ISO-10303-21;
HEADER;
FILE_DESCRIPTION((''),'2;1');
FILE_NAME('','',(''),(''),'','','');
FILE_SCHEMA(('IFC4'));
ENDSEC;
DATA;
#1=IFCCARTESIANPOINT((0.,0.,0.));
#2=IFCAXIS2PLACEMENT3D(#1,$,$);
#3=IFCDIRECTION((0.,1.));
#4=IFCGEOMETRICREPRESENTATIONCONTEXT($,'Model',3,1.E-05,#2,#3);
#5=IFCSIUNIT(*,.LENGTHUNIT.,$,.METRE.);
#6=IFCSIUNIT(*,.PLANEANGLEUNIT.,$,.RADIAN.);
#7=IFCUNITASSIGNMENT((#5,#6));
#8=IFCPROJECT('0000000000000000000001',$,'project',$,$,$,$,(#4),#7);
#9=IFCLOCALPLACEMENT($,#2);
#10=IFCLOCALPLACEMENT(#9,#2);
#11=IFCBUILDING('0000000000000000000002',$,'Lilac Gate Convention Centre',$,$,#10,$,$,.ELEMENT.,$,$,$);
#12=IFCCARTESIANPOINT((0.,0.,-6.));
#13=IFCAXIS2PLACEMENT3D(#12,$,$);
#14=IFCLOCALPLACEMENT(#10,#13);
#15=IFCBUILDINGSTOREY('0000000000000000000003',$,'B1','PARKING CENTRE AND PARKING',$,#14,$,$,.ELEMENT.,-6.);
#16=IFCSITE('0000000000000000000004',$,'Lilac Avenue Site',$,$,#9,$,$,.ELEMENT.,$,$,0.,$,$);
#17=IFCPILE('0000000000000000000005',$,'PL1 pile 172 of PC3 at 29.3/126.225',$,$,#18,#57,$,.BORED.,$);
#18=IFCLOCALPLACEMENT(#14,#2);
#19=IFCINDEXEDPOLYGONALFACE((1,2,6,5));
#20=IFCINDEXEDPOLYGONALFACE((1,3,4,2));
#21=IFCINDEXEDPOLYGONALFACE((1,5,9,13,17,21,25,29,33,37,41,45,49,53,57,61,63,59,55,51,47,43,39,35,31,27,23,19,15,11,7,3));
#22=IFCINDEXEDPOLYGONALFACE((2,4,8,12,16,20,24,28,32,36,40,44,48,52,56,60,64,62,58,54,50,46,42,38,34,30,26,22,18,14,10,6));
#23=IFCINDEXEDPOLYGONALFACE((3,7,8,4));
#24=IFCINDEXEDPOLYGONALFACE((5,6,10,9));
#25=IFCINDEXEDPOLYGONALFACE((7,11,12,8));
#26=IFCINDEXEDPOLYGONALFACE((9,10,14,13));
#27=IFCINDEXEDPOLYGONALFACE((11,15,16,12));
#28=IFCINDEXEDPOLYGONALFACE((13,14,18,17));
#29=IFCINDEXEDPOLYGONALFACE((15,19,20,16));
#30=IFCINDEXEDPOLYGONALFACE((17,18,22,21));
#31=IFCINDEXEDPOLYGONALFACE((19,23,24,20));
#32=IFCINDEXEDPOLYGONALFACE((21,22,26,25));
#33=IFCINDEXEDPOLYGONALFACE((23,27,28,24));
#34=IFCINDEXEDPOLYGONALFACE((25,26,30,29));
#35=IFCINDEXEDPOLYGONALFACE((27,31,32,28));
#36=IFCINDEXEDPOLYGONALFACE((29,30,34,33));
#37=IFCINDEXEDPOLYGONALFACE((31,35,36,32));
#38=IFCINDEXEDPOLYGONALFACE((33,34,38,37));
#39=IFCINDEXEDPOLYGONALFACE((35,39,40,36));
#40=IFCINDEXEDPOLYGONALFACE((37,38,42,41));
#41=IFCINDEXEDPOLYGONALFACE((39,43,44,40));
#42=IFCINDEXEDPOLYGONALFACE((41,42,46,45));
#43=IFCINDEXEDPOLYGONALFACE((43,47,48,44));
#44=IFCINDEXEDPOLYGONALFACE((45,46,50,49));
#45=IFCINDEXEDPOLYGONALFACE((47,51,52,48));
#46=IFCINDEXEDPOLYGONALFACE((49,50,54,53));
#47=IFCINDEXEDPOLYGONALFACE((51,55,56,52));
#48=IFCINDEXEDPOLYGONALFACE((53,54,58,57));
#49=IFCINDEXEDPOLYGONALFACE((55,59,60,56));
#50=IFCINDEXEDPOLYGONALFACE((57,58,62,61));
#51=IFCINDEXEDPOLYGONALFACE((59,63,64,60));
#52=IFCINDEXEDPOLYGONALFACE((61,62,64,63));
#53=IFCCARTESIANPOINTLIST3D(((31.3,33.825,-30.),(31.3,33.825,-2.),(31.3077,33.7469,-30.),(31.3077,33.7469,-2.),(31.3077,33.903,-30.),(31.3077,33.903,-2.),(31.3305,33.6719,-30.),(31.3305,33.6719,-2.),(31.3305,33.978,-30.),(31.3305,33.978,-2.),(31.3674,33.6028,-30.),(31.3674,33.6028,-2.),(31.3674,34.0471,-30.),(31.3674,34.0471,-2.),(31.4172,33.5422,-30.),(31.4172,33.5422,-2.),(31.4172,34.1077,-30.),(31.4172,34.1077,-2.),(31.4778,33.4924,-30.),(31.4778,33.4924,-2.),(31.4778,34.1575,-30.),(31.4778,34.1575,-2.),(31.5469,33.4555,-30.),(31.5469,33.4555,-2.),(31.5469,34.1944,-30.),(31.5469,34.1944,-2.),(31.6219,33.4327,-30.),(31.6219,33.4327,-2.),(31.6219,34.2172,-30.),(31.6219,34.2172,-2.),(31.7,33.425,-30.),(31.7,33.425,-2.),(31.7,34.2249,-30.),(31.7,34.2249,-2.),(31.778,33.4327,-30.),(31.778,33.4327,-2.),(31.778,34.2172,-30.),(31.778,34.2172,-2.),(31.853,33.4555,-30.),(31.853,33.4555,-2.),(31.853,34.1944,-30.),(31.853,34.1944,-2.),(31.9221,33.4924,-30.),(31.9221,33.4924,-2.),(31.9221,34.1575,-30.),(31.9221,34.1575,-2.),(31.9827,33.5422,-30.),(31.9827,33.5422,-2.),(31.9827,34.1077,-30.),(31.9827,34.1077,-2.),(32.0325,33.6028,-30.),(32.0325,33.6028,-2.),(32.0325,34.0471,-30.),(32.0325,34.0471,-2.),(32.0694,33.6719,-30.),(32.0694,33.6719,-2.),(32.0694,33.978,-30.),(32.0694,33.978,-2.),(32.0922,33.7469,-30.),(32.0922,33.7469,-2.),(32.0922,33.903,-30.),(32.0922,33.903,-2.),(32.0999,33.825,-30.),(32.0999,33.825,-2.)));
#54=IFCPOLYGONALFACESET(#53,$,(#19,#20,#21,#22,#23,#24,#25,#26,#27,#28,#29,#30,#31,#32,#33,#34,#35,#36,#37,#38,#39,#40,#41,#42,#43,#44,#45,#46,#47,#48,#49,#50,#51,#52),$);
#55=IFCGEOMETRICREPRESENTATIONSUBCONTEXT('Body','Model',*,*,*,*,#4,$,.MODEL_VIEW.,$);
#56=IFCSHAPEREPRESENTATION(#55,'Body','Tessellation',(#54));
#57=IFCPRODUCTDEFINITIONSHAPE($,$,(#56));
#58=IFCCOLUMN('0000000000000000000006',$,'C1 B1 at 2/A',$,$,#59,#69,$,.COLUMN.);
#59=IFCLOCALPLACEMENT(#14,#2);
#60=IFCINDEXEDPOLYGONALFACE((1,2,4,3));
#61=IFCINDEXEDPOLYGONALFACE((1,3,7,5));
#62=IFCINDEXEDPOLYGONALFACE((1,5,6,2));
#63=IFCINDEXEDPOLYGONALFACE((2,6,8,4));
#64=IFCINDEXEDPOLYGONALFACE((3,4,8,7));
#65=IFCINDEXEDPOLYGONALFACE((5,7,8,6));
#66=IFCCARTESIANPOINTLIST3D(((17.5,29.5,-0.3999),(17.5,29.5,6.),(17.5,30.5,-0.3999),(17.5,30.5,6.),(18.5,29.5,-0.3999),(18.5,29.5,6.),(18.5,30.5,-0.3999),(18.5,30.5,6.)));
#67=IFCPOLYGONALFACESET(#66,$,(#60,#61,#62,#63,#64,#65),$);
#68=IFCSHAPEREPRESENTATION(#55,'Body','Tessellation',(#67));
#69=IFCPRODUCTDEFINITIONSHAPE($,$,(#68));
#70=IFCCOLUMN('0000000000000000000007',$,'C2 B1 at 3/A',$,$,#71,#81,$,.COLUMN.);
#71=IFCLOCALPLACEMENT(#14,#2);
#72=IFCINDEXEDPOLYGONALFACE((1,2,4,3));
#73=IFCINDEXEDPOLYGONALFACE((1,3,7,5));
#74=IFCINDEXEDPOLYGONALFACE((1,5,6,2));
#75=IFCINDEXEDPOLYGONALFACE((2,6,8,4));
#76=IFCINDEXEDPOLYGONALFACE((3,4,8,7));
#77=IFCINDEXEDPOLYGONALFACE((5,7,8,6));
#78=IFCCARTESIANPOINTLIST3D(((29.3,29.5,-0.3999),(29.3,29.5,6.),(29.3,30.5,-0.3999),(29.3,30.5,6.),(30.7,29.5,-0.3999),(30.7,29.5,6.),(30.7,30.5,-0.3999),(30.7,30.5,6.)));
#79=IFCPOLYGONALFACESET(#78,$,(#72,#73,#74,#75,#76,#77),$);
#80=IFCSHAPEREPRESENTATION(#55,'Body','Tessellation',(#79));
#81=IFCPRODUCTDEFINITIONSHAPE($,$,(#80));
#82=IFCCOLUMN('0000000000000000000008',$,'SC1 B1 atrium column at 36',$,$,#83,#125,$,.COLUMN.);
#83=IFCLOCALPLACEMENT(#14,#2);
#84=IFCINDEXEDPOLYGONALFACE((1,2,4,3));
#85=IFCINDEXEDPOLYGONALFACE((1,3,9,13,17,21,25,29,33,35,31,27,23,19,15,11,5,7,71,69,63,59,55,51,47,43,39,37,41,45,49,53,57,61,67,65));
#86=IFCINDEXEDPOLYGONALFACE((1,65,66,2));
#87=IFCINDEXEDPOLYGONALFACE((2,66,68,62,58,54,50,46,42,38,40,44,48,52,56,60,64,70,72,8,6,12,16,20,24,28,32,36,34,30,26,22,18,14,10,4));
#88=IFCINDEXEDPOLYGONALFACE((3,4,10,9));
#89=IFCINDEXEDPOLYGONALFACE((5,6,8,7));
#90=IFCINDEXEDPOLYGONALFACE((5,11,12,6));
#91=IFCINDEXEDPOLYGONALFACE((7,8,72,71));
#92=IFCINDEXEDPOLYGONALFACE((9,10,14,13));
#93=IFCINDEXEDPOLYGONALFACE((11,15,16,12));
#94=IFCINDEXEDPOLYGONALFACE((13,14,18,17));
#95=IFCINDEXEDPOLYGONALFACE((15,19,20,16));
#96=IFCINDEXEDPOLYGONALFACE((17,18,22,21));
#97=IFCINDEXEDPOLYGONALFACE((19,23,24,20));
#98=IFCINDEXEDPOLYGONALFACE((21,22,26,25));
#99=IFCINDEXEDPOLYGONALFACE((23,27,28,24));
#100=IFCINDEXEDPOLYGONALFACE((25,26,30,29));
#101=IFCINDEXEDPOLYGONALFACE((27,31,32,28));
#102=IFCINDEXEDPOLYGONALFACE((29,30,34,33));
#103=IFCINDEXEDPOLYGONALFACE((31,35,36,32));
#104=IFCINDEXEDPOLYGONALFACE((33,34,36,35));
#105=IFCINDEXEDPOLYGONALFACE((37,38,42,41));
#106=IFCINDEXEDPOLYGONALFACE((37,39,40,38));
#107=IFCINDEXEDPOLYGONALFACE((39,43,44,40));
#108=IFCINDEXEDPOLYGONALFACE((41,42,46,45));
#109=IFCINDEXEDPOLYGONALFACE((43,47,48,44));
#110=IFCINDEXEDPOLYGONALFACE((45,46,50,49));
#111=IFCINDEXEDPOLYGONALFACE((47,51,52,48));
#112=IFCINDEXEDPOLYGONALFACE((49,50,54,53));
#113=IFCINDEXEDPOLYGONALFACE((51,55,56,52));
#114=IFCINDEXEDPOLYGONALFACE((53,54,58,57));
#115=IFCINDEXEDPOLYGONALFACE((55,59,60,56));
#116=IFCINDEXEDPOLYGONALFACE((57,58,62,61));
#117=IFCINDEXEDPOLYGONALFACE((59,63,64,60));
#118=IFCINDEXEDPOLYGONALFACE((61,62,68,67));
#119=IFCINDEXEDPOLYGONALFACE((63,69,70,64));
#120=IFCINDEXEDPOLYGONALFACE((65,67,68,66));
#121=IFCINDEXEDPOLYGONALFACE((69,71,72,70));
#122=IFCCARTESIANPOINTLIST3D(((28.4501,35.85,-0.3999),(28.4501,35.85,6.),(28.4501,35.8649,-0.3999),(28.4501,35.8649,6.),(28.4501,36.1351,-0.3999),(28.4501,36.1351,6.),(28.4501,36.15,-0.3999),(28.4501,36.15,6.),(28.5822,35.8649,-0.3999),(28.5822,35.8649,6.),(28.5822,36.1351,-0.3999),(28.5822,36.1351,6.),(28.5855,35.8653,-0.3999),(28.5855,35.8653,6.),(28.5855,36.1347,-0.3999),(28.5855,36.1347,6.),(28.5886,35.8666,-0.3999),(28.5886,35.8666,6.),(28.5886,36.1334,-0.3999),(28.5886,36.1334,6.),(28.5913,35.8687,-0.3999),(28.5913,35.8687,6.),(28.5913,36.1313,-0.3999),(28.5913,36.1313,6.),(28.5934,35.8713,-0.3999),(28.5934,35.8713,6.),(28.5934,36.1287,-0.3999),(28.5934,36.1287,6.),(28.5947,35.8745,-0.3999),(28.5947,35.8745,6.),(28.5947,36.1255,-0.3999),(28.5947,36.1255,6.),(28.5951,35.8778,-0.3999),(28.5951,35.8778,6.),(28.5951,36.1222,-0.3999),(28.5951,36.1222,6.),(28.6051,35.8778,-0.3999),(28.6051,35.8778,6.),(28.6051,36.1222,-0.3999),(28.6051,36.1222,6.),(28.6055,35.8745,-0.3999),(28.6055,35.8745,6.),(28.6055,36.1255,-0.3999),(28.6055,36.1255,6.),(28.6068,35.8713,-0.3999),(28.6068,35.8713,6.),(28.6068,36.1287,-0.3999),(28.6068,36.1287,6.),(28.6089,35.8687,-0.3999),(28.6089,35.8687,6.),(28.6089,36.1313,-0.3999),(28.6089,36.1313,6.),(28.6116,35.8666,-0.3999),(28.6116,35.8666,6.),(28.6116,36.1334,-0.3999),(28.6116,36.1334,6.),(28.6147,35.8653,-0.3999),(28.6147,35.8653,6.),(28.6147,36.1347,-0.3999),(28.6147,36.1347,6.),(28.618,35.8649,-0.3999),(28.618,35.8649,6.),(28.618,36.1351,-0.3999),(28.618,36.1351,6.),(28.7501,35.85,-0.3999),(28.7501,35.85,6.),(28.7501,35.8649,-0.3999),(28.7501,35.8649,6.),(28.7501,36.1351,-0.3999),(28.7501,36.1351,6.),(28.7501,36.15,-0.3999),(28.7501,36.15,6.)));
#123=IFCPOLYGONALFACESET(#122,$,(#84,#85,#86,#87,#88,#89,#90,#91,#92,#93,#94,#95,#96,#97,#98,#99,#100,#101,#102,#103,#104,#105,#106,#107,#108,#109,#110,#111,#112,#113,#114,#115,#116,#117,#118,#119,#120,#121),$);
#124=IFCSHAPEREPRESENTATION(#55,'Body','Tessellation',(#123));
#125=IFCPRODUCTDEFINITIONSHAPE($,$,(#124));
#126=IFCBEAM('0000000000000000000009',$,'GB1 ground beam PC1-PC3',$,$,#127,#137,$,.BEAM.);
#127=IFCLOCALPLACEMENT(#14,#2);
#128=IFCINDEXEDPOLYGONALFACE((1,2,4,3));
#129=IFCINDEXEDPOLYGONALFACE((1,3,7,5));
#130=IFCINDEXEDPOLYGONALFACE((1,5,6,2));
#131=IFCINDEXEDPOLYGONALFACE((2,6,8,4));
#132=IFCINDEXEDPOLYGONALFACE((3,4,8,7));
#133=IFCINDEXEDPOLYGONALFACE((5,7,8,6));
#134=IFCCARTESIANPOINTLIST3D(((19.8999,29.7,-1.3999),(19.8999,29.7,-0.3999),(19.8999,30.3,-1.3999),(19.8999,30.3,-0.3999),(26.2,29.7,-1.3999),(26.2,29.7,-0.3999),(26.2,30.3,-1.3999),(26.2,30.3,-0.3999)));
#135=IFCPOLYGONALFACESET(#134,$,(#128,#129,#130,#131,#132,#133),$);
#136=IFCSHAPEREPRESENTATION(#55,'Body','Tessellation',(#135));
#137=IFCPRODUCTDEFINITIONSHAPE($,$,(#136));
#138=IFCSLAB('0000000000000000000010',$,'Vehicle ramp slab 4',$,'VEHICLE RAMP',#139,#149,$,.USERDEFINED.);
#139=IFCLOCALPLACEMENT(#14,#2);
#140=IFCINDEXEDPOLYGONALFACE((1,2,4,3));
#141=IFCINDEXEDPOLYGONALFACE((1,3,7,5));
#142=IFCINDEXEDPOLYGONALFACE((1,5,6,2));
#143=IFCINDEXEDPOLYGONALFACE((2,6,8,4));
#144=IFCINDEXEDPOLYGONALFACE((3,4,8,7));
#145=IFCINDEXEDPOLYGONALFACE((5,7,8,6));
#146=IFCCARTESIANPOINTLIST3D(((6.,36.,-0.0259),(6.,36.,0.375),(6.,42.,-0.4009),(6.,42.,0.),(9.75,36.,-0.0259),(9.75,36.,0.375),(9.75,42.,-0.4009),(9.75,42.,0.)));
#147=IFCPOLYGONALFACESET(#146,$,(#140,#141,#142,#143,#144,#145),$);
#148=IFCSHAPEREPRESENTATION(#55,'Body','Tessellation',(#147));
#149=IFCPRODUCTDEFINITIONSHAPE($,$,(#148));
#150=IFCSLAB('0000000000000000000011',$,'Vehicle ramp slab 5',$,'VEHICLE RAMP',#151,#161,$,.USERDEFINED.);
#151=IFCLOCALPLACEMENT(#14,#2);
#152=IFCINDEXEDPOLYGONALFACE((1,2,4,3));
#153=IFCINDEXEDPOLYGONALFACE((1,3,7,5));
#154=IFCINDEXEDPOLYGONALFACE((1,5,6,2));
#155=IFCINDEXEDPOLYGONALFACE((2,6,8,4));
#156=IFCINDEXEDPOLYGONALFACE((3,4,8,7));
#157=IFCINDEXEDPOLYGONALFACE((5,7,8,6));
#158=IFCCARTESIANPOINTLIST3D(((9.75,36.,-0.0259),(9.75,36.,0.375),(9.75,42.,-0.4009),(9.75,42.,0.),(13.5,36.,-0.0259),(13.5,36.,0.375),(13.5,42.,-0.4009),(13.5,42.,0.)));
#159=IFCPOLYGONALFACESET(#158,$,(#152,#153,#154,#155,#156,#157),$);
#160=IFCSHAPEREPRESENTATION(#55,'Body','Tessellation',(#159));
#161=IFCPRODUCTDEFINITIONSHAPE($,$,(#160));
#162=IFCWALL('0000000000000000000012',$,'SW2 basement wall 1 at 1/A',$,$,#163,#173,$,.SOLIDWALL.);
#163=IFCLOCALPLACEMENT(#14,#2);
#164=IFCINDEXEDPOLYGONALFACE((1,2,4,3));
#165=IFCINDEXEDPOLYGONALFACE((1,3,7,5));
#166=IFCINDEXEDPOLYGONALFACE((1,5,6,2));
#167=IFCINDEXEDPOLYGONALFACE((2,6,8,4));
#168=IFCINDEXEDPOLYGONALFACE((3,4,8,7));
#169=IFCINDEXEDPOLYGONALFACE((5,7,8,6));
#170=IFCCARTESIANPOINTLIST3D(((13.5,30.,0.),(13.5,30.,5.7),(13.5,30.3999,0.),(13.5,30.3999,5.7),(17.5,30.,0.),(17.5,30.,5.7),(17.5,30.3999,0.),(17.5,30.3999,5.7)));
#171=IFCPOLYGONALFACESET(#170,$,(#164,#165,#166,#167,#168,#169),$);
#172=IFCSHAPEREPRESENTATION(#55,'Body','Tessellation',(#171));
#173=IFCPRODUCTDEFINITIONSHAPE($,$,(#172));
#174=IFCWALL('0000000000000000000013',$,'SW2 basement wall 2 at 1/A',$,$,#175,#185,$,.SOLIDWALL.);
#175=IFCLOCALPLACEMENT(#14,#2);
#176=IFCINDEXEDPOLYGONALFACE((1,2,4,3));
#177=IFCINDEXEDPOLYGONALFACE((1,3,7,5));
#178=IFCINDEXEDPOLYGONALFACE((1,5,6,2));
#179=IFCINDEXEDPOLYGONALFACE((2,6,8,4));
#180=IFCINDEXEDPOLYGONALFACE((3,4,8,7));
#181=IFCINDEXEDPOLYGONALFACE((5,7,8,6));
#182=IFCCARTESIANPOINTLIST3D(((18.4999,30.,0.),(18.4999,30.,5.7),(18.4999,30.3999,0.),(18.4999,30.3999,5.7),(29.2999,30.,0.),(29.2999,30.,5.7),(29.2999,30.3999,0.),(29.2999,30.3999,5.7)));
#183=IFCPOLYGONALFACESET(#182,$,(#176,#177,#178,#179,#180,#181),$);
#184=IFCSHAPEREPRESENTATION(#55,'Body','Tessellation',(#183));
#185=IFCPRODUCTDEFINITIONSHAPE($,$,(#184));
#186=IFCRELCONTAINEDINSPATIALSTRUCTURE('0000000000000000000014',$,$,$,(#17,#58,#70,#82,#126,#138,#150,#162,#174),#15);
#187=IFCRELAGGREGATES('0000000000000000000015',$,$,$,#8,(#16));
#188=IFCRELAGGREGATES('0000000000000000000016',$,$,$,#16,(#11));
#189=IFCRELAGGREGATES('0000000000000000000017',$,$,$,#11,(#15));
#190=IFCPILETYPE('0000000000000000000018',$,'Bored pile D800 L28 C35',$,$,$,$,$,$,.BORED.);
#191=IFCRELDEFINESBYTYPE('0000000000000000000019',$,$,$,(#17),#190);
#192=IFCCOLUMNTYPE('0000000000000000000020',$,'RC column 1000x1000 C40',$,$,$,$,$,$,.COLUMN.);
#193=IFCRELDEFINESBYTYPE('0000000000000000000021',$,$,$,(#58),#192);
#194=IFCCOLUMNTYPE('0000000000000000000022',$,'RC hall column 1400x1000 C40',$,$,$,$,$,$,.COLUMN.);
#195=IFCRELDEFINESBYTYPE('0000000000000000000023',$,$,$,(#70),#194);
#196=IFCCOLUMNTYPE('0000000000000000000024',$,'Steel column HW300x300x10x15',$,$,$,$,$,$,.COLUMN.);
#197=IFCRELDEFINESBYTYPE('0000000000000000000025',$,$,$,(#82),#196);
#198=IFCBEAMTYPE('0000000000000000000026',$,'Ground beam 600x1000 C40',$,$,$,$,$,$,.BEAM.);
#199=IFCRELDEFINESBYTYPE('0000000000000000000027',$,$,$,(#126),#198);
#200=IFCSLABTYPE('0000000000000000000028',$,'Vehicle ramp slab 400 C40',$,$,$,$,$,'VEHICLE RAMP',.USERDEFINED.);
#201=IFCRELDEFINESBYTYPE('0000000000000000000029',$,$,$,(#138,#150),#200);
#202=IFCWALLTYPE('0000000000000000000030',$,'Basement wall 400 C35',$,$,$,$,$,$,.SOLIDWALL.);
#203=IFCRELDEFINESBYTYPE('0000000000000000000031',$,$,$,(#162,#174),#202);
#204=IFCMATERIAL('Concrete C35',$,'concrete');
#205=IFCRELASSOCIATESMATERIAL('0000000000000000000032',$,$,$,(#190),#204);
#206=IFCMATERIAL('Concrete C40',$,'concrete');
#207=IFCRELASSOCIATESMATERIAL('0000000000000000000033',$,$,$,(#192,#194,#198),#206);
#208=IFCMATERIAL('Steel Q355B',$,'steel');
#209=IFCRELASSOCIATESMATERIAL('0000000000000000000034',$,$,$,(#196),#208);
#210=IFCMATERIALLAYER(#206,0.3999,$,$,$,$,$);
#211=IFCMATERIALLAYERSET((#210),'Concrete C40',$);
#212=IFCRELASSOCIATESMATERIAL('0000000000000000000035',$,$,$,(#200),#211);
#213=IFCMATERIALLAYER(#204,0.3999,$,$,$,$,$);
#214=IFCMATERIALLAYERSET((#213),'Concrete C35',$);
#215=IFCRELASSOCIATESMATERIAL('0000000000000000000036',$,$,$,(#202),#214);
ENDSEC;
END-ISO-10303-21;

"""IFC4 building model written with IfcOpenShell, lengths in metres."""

from ifc_helpers import new_model, si_unit, direction, frame, frame_2d, origin, origin_2d, place, context, subcontext, project, spatial, polyline, rectangle, circle, i_section, outline, extrude, material, layer, layer_set, material_profile, profile_set, type_object, element, save


model = new_model("IFC4")

# Units and contexts
model_context = context("Model", 3, precision=1e-05, world=origin(), true_north=direction((0.0, 1.0)))
body_context = subcontext(model_context, "Body", "Model", "MODEL_VIEW")
ifc_project = project(units=[si_unit("LENGTHUNIT", "METRE"), si_unit("PLANEANGLEUNIT", "RADIAN")], contexts=[model_context])

# Site, building, storey
site_placement = place(None, origin())
site = spatial("IfcSite", under=ifc_project, at=site_placement, Name="Lilac Avenue Site", CompositionType="ELEMENT", RefElevation=0.0)
building_placement = place(site_placement, origin())
building = spatial("IfcBuilding", under=site, at=building_placement, Name="Lilac Gate Convention Centre", CompositionType="ELEMENT")
storey_placement = place(building_placement, frame((0.0, 0.0, -6.0)))
storey = spatial("IfcBuildingStorey", under=building, at=storey_placement, Name="B1", Description="PARKING CENTRE AND PARKING", CompositionType="ELEMENT", Elevation=-6.0)

# Pile
ifc_material_1 = material(Name="Concrete C35", Category="concrete")
ifc_material_profile_1 = material_profile(ifc_material_1, circle(Radius=0.3999, at=origin_2d()), Name="D800")
ifc_profile_set_1 = profile_set([ifc_material_profile_1], Name="Concrete C35")
pile_type = type_object("IfcPileType", Name="Bored pile D800 L28 C35", PredefinedType="BORED", material=ifc_profile_set_1)
for number, where, z_axis, x_axis, name in (
    (1, (31.7, 33.825, -2.0), (0.0, 0.0, -1.0), (1.0, 0.0, 0.0), "PL1 pile 172 of PC3 at 29.3/126.225"),
):
    element("IfcPile", number, at=place(storey_placement, frame(where, z_axis=z_axis, x_axis=x_axis)), inside=storey, type_object=pile_type, Name=name, PredefinedType="BORED", context=body_context, shape_type="SweptSolid", body=[
        extrude(circle(Radius=0.3999, at=origin_2d()), origin(), (0.0, 0.0, 1.0), 28.0),
    ])

# Columns
ifc_material_2 = material(Name="Concrete C40", Category="concrete")
ifc_material_profile_2 = material_profile(ifc_material_2, rectangle(XDim=1.0, YDim=1.0, at=origin_2d()), Name="RC 1000x1000")
ifc_profile_set_2 = profile_set([ifc_material_profile_2], Name="Concrete C40")
column_type_1 = type_object("IfcColumnType", Name="RC column 1000x1000 C40", PredefinedType="COLUMN", material=ifc_profile_set_2)
column_1_placement = place(storey_placement, frame((18.0, 30.0, -0.3999), z_axis=(0.0, 0.0, 1.0), x_axis=(1.0, 0.0, 0.0)))
element("IfcColumn", 2, at=column_1_placement, inside=storey, type_object=column_type_1, Name="C1 B1 at 2/A", PredefinedType="COLUMN", context=body_context, shape_type="SweptSolid", body=[
    extrude(rectangle(XDim=1.0, YDim=1.0, at=origin_2d()), origin(), (0.0, 0.0, 1.0), 6.3999),
])
ifc_material_profile_3 = material_profile(ifc_material_2, rectangle(XDim=1.3999, YDim=1.0, at=origin_2d()), Name="RC 1400x1000")
ifc_profile_set_3 = profile_set([ifc_material_profile_3], Name="Concrete C40")
column_type_2 = type_object("IfcColumnType", Name="RC hall column 1400x1000 C40", PredefinedType="COLUMN", material=ifc_profile_set_3)
column_2_placement = place(storey_placement, frame((30.0, 30.0, -0.3999), z_axis=(0.0, 0.0, 1.0), x_axis=(1.0, 0.0, 0.0)))
element("IfcColumn", 3, at=column_2_placement, inside=storey, type_object=column_type_2, Name="C2 B1 at 3/A", PredefinedType="COLUMN", context=body_context, shape_type="SweptSolid", body=[
    extrude(rectangle(XDim=1.3999, YDim=1.0, at=origin_2d()), origin(), (0.0, 0.0, 1.0), 6.3999),
])
ifc_material_3 = material(Name="Steel Q355B", Category="steel")
ifc_material_profile_4 = material_profile(ifc_material_3, i_section(OverallWidth=0.3, OverallDepth=0.3, WebThickness=0.01, FlangeThickness=0.0149, FilletRadius=0.0129, at=origin_2d()), Name="HW300x300x10x15")
ifc_profile_set_4 = profile_set([ifc_material_profile_4], Name="Steel Q355B")
column_type_3 = type_object("IfcColumnType", Name="Steel column HW300x300x10x15", PredefinedType="COLUMN", material=ifc_profile_set_4)
column_3_placement = place(storey_placement, frame((28.6001, 36.0, -0.3999), z_axis=(0.0, 0.0, 1.0), x_axis=(1.0, 0.0, 0.0)))
element("IfcColumn", 4, at=column_3_placement, inside=storey, type_object=column_type_3, Name="SC1 B1 atrium column at 36", PredefinedType="COLUMN", context=body_context, shape_type="SweptSolid", body=[
    extrude(i_section(OverallWidth=0.3, OverallDepth=0.3, WebThickness=0.01, FlangeThickness=0.0149, FilletRadius=0.0129, at=origin_2d()), origin(), (0.0, 0.0, 1.0), 6.3999),
])

# Beam
ifc_material_profile_5 = material_profile(ifc_material_2, rectangle(XDim=0.6001, YDim=1.0, at=origin_2d()), Name="RC 600x1000")
ifc_profile_set_5 = profile_set([ifc_material_profile_5], Name="Concrete C40")
beam_type = type_object("IfcBeamType", Name="Ground beam 600x1000 C40", PredefinedType="BEAM", material=ifc_profile_set_5)
beam_placement = place(storey_placement, frame((19.8999, 30.0, -0.8999), z_axis=(1.0, 0.0, 0.0), x_axis=(0.0, 1.0, 0.0)))
element("IfcBeam", 5, at=beam_placement, inside=storey, type_object=beam_type, Name="GB1 ground beam PC1-PC3", PredefinedType="BEAM", context=body_context, shape_type="SweptSolid", body=[
    extrude(rectangle(XDim=0.6001, YDim=1.0, at=origin_2d()), origin(), (0.0, 0.0, 1.0), 6.3),
])

# Slabs
ifc_layer_1 = layer(ifc_material_2, 0.3999)
ifc_layer_set_1 = layer_set([ifc_layer_1], Name="Concrete C40")
slab_type = type_object("IfcSlabType", Name="Vehicle ramp slab 400 C40", ElementType="VEHICLE RAMP", PredefinedType="USERDEFINED", material=ifc_layer_set_1)
for number, where, z_axis, x_axis, name in (
    (6, (7.875, 36.0, 0.375), (0.0, 0.0, 1.0), (0.0, 1.0, 0.0), "Vehicle ramp slab 4"),
    (7, (11.625, 36.0, 0.375), (0.0, 0.0, 1.0), (0.0, 1.0, 0.0), "Vehicle ramp slab 5"),
):
    element("IfcSlab", number, at=place(storey_placement, frame(where, z_axis=z_axis, x_axis=x_axis)), inside=storey, type_object=slab_type, Name=name, ObjectType="VEHICLE RAMP", PredefinedType="USERDEFINED", context=body_context, shape_type="SweptSolid", body=[
        extrude(outline(polyline([(0.0, 0.0), (6.0, -0.375), (6.0, -0.7759), (0.0, -0.4009), (0.0, 0.0)])), frame((0.0, 1.875, 0.0), z_axis=(0.0, -1.0, 0.0), x_axis=(1.0, 0.0, 0.0)), (0.0, 0.0, 1.0), 3.75),
    ])

# Walls
ifc_layer_2 = layer(ifc_material_1, 0.3999)
ifc_layer_set_2 = layer_set([ifc_layer_2], Name="Concrete C35")
wall_type_1 = type_object("IfcWallType", Name="Basement wall 400 C35", PredefinedType="SOLIDWALL", material=ifc_layer_set_2)
wall_1_placement = place(storey_placement, frame((13.5, 30.2, 0.0), z_axis=(0.0, 0.0, 1.0), x_axis=(1.0, 0.0, 0.0)))
element("IfcWall", 8, at=wall_1_placement, inside=storey, type_object=wall_type_1, Name="SW2 basement wall 1 at 1/A", PredefinedType="SOLIDWALL", context=body_context, shape_type="SweptSolid", body=[
    extrude(rectangle(XDim=4.0, YDim=0.3999, at=frame_2d((2.0, 0.0))), origin(), (0.0, 0.0, 1.0), 5.7),
])
wall_2_placement = place(storey_placement, frame((18.5, 30.2, 0.0), z_axis=(0.0, 0.0, 1.0), x_axis=(1.0, 0.0, 0.0)))
element("IfcWall", 9, at=wall_2_placement, inside=storey, type_object=wall_type_1, Name="SW2 basement wall 2 at 1/A", PredefinedType="SOLIDWALL", context=body_context, shape_type="SweptSolid", body=[
    extrude(rectangle(XDim=10.8, YDim=0.3999, at=frame_2d((5.3999, 0.0))), origin(), (0.0, 0.0, 1.0), 5.7),
])

save(model, "model.ifc")
